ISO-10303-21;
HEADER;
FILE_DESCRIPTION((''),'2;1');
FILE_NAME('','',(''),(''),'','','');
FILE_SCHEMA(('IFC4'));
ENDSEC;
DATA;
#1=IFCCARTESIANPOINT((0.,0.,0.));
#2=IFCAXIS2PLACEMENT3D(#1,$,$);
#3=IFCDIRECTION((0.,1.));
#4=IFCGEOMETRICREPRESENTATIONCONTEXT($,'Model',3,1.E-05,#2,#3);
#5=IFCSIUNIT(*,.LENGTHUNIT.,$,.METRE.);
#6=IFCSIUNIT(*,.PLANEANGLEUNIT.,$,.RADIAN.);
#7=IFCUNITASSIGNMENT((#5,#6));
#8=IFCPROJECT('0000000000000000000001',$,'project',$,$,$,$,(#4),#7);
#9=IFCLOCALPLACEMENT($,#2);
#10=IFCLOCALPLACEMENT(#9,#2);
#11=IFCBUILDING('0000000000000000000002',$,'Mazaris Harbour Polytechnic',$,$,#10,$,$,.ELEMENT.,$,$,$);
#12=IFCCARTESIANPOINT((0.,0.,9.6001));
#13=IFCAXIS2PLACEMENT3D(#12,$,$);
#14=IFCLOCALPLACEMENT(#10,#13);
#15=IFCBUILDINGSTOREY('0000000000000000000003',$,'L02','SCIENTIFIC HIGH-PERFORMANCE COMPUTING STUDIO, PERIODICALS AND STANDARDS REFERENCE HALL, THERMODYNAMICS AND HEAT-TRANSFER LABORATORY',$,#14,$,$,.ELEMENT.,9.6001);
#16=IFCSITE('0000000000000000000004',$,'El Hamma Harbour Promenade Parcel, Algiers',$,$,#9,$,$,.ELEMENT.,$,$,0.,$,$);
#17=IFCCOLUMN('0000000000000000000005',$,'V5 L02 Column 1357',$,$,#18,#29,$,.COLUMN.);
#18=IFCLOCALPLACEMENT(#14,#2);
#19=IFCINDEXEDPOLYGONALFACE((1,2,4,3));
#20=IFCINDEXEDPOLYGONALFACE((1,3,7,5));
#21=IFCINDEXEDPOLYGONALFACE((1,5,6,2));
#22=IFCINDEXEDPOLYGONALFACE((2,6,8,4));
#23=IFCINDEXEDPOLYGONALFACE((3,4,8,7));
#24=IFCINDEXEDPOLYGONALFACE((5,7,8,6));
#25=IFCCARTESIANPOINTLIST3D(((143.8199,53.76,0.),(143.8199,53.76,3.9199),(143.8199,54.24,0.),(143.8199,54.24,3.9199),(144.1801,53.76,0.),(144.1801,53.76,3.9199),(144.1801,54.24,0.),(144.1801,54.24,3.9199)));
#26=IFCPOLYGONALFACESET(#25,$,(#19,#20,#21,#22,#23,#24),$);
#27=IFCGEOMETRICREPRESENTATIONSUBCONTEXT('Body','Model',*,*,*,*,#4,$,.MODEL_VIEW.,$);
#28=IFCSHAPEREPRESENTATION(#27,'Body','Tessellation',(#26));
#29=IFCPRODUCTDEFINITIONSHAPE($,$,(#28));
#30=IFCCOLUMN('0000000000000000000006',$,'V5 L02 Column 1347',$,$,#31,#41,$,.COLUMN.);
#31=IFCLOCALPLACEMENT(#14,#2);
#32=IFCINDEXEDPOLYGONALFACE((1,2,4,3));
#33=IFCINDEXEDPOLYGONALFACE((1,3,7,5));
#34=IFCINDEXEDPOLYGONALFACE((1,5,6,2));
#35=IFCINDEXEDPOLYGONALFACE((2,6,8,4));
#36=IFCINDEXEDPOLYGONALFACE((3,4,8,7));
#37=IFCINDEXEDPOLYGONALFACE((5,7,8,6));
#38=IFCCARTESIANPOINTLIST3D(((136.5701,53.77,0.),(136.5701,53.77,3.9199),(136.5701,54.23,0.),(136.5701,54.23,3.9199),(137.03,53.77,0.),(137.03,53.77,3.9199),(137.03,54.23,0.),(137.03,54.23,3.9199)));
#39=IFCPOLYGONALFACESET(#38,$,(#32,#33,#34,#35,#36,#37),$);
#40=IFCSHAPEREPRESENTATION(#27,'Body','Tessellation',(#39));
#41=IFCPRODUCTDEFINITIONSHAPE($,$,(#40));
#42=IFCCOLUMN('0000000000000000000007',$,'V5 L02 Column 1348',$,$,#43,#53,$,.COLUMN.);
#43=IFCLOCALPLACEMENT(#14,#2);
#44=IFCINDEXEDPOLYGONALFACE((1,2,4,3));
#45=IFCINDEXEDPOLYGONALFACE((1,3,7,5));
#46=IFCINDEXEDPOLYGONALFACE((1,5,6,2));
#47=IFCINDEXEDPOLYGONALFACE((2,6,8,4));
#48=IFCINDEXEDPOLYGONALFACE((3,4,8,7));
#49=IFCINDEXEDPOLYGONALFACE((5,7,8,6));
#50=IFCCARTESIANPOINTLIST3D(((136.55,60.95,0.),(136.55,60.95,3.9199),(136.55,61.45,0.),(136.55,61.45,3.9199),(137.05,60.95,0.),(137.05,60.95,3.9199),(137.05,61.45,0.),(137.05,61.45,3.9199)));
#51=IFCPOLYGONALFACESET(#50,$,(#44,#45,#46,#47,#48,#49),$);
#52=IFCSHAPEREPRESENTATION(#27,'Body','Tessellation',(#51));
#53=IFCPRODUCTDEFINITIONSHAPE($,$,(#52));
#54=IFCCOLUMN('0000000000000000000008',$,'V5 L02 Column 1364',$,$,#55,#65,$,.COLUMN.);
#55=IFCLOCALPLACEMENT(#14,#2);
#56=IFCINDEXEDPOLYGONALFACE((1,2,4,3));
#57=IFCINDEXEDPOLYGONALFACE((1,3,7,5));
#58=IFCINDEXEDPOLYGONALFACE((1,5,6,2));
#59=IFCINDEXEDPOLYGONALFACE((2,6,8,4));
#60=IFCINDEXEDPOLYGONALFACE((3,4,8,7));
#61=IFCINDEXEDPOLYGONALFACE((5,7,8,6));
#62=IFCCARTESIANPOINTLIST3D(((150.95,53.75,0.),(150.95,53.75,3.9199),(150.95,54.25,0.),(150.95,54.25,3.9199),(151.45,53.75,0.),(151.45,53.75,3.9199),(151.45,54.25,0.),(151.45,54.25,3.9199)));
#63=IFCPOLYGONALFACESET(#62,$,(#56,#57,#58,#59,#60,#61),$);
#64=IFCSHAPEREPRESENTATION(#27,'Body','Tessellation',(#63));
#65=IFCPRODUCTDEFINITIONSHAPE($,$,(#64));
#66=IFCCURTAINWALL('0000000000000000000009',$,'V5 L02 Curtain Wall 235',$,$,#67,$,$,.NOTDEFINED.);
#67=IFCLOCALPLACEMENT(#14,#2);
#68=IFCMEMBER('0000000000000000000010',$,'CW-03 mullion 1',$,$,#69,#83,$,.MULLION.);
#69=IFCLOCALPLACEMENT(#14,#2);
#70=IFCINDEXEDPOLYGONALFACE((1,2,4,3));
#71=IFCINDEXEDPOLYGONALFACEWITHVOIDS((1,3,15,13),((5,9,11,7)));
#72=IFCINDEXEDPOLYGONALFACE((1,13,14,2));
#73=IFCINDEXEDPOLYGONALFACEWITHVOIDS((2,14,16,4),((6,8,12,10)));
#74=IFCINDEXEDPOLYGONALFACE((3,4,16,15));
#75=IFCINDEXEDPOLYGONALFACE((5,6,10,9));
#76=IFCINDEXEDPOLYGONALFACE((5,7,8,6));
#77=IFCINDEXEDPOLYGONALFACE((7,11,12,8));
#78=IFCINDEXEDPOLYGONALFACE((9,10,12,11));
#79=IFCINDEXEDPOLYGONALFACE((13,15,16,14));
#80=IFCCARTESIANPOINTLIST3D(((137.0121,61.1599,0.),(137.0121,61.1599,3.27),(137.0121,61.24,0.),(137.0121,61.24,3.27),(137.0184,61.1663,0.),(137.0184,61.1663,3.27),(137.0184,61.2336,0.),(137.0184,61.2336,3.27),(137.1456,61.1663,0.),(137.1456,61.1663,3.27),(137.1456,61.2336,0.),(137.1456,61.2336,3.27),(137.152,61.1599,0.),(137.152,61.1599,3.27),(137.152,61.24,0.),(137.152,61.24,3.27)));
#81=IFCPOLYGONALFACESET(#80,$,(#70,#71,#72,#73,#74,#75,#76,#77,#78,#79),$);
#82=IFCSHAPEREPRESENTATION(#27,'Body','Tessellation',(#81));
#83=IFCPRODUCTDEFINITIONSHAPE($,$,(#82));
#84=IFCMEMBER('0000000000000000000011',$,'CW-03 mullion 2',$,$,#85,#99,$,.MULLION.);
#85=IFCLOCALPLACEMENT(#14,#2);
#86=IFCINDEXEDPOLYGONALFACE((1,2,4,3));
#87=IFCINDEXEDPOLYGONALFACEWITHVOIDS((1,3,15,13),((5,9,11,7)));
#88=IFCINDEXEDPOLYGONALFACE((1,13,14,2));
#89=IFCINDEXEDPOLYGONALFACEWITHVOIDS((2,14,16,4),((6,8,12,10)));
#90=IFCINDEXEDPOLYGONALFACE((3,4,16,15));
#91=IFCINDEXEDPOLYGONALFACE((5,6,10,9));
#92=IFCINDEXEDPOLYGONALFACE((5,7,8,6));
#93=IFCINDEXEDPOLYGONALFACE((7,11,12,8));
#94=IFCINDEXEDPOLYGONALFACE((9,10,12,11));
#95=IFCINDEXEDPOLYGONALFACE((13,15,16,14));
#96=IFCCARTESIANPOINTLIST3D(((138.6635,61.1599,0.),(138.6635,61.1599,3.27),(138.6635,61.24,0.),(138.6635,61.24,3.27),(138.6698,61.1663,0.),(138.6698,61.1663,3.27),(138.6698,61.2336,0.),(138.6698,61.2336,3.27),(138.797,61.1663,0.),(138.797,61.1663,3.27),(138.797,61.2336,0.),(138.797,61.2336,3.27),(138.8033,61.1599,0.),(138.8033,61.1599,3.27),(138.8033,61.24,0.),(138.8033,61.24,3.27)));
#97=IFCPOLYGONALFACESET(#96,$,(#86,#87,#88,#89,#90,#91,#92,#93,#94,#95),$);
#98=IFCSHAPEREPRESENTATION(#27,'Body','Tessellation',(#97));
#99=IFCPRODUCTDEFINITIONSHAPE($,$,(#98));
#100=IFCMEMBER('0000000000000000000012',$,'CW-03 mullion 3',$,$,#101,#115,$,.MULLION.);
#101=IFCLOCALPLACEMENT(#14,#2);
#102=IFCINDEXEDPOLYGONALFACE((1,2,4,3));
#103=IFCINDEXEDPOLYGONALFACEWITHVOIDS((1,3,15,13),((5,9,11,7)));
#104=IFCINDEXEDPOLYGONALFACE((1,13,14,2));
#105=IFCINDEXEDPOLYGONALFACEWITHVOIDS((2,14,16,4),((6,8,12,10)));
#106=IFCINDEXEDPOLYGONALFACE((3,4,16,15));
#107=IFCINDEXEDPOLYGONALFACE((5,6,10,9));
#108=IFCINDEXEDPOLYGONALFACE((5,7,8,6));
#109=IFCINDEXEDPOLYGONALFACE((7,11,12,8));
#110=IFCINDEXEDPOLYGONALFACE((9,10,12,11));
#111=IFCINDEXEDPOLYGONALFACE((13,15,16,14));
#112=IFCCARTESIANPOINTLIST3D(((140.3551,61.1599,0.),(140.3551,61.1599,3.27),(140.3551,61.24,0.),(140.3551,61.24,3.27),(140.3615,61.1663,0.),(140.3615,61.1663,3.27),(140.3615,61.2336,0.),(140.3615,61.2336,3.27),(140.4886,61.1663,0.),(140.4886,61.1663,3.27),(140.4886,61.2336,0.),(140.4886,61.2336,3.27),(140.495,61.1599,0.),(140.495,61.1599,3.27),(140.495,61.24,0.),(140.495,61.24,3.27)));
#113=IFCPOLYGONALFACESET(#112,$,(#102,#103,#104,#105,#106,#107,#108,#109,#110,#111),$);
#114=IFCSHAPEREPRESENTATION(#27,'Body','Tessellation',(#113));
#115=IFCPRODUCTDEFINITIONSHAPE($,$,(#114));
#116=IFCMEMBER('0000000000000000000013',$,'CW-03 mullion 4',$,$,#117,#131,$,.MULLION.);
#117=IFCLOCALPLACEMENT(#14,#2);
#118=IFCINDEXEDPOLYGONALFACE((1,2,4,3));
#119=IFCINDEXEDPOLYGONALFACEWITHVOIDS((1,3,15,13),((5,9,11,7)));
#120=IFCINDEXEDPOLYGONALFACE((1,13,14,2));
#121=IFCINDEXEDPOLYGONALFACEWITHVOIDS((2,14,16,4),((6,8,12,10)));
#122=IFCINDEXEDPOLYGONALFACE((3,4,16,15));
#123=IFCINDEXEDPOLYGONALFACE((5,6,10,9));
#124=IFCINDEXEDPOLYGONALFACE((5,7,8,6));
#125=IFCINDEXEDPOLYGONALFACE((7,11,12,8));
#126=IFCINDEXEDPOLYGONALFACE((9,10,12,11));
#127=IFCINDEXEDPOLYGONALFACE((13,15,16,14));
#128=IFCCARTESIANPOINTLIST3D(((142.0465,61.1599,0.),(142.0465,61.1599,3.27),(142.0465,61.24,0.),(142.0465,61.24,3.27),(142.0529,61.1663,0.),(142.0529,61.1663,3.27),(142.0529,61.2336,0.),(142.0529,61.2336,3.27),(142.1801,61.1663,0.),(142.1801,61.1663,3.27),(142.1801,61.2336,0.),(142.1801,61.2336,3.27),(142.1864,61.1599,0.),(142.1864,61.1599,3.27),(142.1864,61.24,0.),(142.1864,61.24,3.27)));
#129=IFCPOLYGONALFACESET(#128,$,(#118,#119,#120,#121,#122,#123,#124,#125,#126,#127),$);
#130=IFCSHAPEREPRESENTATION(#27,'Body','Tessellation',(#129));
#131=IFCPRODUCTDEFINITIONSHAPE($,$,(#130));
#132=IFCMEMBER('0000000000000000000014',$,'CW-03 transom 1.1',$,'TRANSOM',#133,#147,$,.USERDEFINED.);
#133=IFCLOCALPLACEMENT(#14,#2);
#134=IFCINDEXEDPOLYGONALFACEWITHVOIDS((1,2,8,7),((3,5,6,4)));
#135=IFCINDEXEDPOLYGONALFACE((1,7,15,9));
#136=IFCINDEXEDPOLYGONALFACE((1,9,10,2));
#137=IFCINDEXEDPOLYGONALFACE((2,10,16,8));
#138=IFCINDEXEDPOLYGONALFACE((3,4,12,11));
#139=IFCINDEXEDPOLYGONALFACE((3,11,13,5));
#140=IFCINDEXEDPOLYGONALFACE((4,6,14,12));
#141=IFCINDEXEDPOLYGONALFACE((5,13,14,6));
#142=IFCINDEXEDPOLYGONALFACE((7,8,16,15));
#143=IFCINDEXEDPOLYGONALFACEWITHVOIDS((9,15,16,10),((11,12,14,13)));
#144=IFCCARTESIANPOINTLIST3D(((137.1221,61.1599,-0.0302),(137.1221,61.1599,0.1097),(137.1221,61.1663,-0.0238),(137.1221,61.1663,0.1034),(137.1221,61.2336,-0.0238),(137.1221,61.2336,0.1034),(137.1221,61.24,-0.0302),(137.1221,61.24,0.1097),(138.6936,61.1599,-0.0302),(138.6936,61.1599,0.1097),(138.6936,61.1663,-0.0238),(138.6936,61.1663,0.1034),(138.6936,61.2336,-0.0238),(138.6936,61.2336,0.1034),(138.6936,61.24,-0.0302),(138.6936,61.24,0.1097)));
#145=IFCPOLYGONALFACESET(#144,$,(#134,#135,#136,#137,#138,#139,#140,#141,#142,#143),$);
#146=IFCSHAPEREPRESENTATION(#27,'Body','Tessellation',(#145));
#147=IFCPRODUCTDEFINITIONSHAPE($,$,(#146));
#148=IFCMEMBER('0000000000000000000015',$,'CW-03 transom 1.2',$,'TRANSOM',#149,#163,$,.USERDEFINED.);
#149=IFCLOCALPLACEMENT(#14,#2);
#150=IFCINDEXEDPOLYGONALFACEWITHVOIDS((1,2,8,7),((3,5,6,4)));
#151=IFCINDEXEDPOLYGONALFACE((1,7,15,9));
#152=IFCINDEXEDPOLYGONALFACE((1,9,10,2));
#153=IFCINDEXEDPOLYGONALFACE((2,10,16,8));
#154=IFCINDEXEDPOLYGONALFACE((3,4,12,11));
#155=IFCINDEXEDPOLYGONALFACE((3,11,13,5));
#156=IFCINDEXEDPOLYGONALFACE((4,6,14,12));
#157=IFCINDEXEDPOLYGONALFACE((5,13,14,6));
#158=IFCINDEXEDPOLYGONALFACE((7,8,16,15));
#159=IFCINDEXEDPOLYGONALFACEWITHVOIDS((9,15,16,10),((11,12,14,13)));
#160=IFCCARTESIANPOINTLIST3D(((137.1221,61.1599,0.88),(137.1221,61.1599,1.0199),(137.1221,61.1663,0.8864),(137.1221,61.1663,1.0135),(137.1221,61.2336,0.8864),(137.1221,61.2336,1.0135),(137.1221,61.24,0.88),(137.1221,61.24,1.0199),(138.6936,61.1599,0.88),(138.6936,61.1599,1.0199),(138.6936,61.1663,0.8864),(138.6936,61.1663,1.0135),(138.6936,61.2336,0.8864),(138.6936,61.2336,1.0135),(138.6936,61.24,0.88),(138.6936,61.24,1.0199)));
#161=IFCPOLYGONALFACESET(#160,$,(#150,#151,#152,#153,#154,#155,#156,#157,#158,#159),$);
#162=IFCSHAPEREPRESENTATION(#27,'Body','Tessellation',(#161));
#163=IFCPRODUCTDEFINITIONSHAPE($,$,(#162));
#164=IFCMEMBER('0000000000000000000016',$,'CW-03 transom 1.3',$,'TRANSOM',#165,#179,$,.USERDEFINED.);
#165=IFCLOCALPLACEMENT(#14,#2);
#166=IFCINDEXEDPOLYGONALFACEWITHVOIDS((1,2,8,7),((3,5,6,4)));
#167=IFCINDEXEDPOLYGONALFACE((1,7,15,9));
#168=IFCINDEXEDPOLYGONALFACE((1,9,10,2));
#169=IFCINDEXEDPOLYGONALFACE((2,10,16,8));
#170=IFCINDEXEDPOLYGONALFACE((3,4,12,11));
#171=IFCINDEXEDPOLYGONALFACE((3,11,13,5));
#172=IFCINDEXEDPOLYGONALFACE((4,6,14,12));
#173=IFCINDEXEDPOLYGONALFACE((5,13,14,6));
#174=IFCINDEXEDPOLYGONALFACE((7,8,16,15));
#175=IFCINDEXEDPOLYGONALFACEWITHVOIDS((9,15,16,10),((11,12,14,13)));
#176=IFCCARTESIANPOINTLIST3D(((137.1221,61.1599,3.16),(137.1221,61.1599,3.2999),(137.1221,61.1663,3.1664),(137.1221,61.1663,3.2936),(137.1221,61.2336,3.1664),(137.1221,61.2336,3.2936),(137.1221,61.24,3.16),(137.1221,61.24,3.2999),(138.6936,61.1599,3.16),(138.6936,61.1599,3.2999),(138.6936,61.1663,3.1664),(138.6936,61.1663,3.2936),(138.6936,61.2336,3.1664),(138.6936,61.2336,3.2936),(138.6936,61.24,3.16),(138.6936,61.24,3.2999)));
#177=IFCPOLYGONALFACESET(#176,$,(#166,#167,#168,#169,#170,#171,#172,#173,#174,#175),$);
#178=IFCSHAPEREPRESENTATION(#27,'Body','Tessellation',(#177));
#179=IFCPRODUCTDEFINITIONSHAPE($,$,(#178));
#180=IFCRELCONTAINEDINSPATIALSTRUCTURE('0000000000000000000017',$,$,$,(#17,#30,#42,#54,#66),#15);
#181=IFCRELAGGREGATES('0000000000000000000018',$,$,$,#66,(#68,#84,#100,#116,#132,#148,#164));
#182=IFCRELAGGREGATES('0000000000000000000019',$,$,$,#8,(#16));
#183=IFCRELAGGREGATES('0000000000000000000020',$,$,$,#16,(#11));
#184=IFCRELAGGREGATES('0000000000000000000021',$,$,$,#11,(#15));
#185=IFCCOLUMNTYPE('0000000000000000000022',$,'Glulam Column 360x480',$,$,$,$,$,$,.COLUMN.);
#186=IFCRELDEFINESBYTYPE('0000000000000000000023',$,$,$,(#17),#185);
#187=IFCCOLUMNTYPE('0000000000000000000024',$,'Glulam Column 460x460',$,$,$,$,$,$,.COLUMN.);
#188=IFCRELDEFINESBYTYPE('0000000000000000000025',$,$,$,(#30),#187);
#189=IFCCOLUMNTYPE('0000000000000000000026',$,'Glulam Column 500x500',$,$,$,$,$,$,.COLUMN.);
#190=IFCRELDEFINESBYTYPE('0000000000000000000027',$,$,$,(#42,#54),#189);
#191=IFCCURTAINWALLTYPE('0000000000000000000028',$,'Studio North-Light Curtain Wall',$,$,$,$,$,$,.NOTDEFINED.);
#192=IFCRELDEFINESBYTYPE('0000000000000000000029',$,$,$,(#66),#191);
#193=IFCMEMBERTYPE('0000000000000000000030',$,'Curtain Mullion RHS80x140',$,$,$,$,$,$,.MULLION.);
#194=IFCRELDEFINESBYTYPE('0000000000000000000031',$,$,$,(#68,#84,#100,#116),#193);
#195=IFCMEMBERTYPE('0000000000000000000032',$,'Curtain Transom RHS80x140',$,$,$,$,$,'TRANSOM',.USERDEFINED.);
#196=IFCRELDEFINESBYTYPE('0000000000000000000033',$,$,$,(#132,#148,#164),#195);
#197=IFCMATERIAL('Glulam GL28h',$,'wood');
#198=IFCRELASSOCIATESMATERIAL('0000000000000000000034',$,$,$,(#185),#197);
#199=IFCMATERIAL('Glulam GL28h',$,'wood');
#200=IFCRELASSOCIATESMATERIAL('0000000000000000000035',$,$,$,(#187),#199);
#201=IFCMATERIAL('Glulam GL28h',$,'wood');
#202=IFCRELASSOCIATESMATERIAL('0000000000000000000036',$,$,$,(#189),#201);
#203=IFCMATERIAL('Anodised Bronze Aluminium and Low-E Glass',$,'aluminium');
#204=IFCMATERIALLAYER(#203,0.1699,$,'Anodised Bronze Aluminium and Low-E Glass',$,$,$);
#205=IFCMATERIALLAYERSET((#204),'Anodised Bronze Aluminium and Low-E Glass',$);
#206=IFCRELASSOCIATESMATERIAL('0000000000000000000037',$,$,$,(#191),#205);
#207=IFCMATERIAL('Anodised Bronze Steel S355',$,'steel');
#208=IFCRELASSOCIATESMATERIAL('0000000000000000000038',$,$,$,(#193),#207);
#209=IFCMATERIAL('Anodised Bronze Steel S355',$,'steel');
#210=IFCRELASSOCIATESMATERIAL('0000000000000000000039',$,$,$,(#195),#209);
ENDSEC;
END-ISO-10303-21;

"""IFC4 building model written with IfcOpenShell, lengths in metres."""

from ifc_helpers import new_model, si_unit, direction, frame, origin, origin_2d, place, context, subcontext, project, spatial, rectangle, hollow_rectangle, extrude, material, layer, layer_set, material_profile, profile_set, type_object, element, aggregate, save


model = new_model("IFC4")

# Units and contexts
model_context = context("Model", 3, precision=1e-05, world=origin(), true_north=direction((0.0, 1.0)))
body_context = subcontext(model_context, "Body", "Model", "MODEL_VIEW")
ifc_project = project(units=[si_unit("LENGTHUNIT", "METRE"), si_unit("PLANEANGLEUNIT", "RADIAN")], contexts=[model_context])

# Site, building, storey
site_placement = place(None, origin())
site = spatial("IfcSite", under=ifc_project, at=site_placement, Name="El Hamma Harbour Promenade Parcel, Algiers", CompositionType="ELEMENT", RefElevation=0.0)
building_placement = place(site_placement, origin())
building = spatial("IfcBuilding", under=site, at=building_placement, Name="Mazaris Harbour Polytechnic", CompositionType="ELEMENT")
storey_placement = place(building_placement, frame((0.0, 0.0, 9.6001)))
storey = spatial("IfcBuildingStorey", under=building, at=storey_placement, Name="L02", Description="SCIENTIFIC HIGH-PERFORMANCE COMPUTING STUDIO, PERIODICALS AND STANDARDS REFERENCE HALL, THERMODYNAMICS AND HEAT-TRANSFER LABORATORY", CompositionType="ELEMENT", Elevation=9.6001)

# Columns
ifc_material_1 = material(Name="Glulam GL28h", Category="wood")
ifc_material_profile_1 = material_profile(ifc_material_1, rectangle(XDim=0.3601, YDim=0.48, at=origin_2d()), Name="RECT360x480")
ifc_profile_set_1 = profile_set([ifc_material_profile_1], Name="Glulam GL28h")
column_type_1 = type_object("IfcColumnType", Name="Glulam Column 360x480", PredefinedType="COLUMN", material=ifc_profile_set_1)
column_1_placement = place(storey_placement, frame((144.0, 54.0, 0.0), z_axis=(0.0, 0.0, 1.0), x_axis=(1.0, 0.0, 0.0)))
element("IfcColumn", 1, at=column_1_placement, inside=storey, type_object=column_type_1, Name="V5 L02 Column 1357", PredefinedType="COLUMN", context=body_context, shape_type="SweptSolid", body=[
    extrude(rectangle(XDim=0.3601, YDim=0.48, at=origin_2d()), origin(), (0.0, 0.0, 1.0), 3.9199),
])
ifc_material_2 = material(Name="Glulam GL28h", Category="wood")
ifc_material_profile_2 = material_profile(ifc_material_2, rectangle(XDim=0.46, YDim=0.46, at=origin_2d()), Name="RECT460x460")
ifc_profile_set_2 = profile_set([ifc_material_profile_2], Name="Glulam GL28h")
column_type_2 = type_object("IfcColumnType", Name="Glulam Column 460x460", PredefinedType="COLUMN", material=ifc_profile_set_2)
column_2_placement = place(storey_placement, frame((136.8, 54.0, 0.0), z_axis=(0.0, 0.0, 1.0), x_axis=(1.0, 0.0, 0.0)))
element("IfcColumn", 2, at=column_2_placement, inside=storey, type_object=column_type_2, Name="V5 L02 Column 1347", PredefinedType="COLUMN", context=body_context, shape_type="SweptSolid", body=[
    extrude(rectangle(XDim=0.46, YDim=0.46, at=origin_2d()), origin(), (0.0, 0.0, 1.0), 3.9199),
])
ifc_material_3 = material(Name="Glulam GL28h", Category="wood")
ifc_material_profile_3 = material_profile(ifc_material_3, rectangle(XDim=0.5, YDim=0.5, at=origin_2d()), Name="RECT500x500")
ifc_profile_set_3 = profile_set([ifc_material_profile_3], Name="Glulam GL28h")
column_type_3 = type_object("IfcColumnType", Name="Glulam Column 500x500", PredefinedType="COLUMN", material=ifc_profile_set_3)
for number, where, z_axis, x_axis, name in (
    (3, (136.8, 61.2, 0.0), (0.0, 0.0, 1.0), (1.0, 0.0, 0.0), "V5 L02 Column 1348"),
    (4, (151.2, 54.0, 0.0), (0.0, 0.0, 1.0), (1.0, 0.0, 0.0), "V5 L02 Column 1364"),
):
    element("IfcColumn", number, at=place(storey_placement, frame(where, z_axis=z_axis, x_axis=x_axis)), inside=storey, type_object=column_type_3, Name=name, PredefinedType="COLUMN", context=body_context, shape_type="SweptSolid", body=[
        extrude(rectangle(XDim=0.5, YDim=0.5, at=origin_2d()), origin(), (0.0, 0.0, 1.0), 3.9199),
    ])

# Curtain wall, members
ifc_material_4 = material(Name="Anodised Bronze Aluminium and Low-E Glass", Category="aluminium")
ifc_layer_1 = layer(ifc_material_4, 0.1699, Name="Anodised Bronze Aluminium and Low-E Glass")
ifc_layer_set_1 = layer_set([ifc_layer_1], Name="Anodised Bronze Aluminium and Low-E Glass")
curtain_wall_type = type_object("IfcCurtainWallType", Name="Studio North-Light Curtain Wall", PredefinedType="NOTDEFINED", material=ifc_layer_set_1)
curtain_wall_placement = place(storey_placement, origin())
curtain_wall = element("IfcCurtainWall", 5, at=curtain_wall_placement, inside=storey, type_object=curtain_wall_type, Name="V5 L02 Curtain Wall 235", PredefinedType="NOTDEFINED")
ifc_material_5 = material(Name="Anodised Bronze Steel S355", Category="steel")
ifc_material_profile_4 = material_profile(ifc_material_5, hollow_rectangle(XDim=0.0801, YDim=0.1399, WallThickness=0.0063, at=origin_2d()), Name="RHS 80x140x6.3")
ifc_profile_set_4 = profile_set([ifc_material_profile_4], Name="Anodised Bronze Steel S355")
member_type_1 = type_object("IfcMemberType", Name="Curtain Mullion RHS80x140", PredefinedType="MULLION", material=ifc_profile_set_4)
member_1_placement = place(storey_placement, frame((137.082, 61.2, 0.0), z_axis=(0.0, 0.0, 1.0), x_axis=(0.0, 1.0, 0.0)))
member_1 = element("IfcMember", 6, at=member_1_placement, type_object=member_type_1, Name="CW-03 mullion 1", PredefinedType="MULLION", context=body_context, shape_type="SweptSolid", body=[
    extrude(hollow_rectangle(XDim=0.0801, YDim=0.1399, WallThickness=0.0063, at=origin_2d()), origin(), (0.0, 0.0, 1.0), 3.27),
])
member_2_placement = place(storey_placement, frame((138.7334, 61.2, 0.0), z_axis=(0.0, 0.0, 1.0), x_axis=(0.0, 1.0, 0.0)))
member_2 = element("IfcMember", 7, at=member_2_placement, type_object=member_type_1, Name="CW-03 mullion 2", PredefinedType="MULLION", context=body_context, shape_type="SweptSolid", body=[
    extrude(hollow_rectangle(XDim=0.0801, YDim=0.1399, WallThickness=0.0063, at=origin_2d()), origin(), (0.0, 0.0, 1.0), 3.27),
])
member_3_placement = place(storey_placement, frame((140.425, 61.2, 0.0), z_axis=(0.0, 0.0, 1.0), x_axis=(0.0, 1.0, 0.0)))
member_3 = element("IfcMember", 8, at=member_3_placement, type_object=member_type_1, Name="CW-03 mullion 3", PredefinedType="MULLION", context=body_context, shape_type="SweptSolid", body=[
    extrude(hollow_rectangle(XDim=0.0801, YDim=0.1399, WallThickness=0.0063, at=origin_2d()), origin(), (0.0, 0.0, 1.0), 3.27),
])
member_4_placement = place(storey_placement, frame((142.1165, 61.2, 0.0), z_axis=(0.0, 0.0, 1.0), x_axis=(0.0, 1.0, 0.0)))
member_4 = element("IfcMember", 9, at=member_4_placement, type_object=member_type_1, Name="CW-03 mullion 4", PredefinedType="MULLION", context=body_context, shape_type="SweptSolid", body=[
    extrude(hollow_rectangle(XDim=0.0801, YDim=0.1399, WallThickness=0.0063, at=origin_2d()), origin(), (0.0, 0.0, 1.0), 3.27),
])
ifc_material_6 = material(Name="Anodised Bronze Steel S355", Category="steel")
ifc_material_profile_5 = material_profile(ifc_material_6, hollow_rectangle(XDim=0.0801, YDim=0.1399, WallThickness=0.0063, at=origin_2d()), Name="RHS 80x140x6.3")
ifc_profile_set_5 = profile_set([ifc_material_profile_5], Name="Anodised Bronze Steel S355")
member_type_2 = type_object("IfcMemberType", Name="Curtain Transom RHS80x140", ElementType="TRANSOM", PredefinedType="USERDEFINED", material=ifc_profile_set_5)
member_5_placement = place(storey_placement, frame((137.1221, 61.2, 0.0398), z_axis=(1.0, 0.0, 0.0), x_axis=(0.0, 1.0, 0.0)))
member_5 = element("IfcMember", 10, at=member_5_placement, type_object=member_type_2, Name="CW-03 transom 1.1", ObjectType="TRANSOM", PredefinedType="USERDEFINED", context=body_context, shape_type="SweptSolid", body=[
    extrude(hollow_rectangle(XDim=0.0801, YDim=0.1399, WallThickness=0.0063, at=origin_2d()), origin(), (0.0, 0.0, 1.0), 1.5715),
])
member_6_placement = place(storey_placement, frame((137.1221, 61.2, 0.95), z_axis=(1.0, 0.0, 0.0), x_axis=(0.0, 1.0, 0.0)))
member_6 = element("IfcMember", 11, at=member_6_placement, type_object=member_type_2, Name="CW-03 transom 1.2", ObjectType="TRANSOM", PredefinedType="USERDEFINED", context=body_context, shape_type="SweptSolid", body=[
    extrude(hollow_rectangle(XDim=0.0801, YDim=0.1399, WallThickness=0.0063, at=origin_2d()), origin(), (0.0, 0.0, 1.0), 1.5715),
])
member_7_placement = place(storey_placement, frame((137.1221, 61.2, 3.23), z_axis=(1.0, 0.0, 0.0), x_axis=(0.0, 1.0, 0.0)))
member_7 = element("IfcMember", 12, at=member_7_placement, type_object=member_type_2, Name="CW-03 transom 1.3", ObjectType="TRANSOM", PredefinedType="USERDEFINED", context=body_context, shape_type="SweptSolid", body=[
    extrude(hollow_rectangle(XDim=0.0801, YDim=0.1399, WallThickness=0.0063, at=origin_2d()), origin(), (0.0, 0.0, 1.0), 1.5715),
])

aggregate(curtain_wall, [member_1, member_2, member_3, member_4, member_5, member_6, member_7])

save(model, "model.ifc")
